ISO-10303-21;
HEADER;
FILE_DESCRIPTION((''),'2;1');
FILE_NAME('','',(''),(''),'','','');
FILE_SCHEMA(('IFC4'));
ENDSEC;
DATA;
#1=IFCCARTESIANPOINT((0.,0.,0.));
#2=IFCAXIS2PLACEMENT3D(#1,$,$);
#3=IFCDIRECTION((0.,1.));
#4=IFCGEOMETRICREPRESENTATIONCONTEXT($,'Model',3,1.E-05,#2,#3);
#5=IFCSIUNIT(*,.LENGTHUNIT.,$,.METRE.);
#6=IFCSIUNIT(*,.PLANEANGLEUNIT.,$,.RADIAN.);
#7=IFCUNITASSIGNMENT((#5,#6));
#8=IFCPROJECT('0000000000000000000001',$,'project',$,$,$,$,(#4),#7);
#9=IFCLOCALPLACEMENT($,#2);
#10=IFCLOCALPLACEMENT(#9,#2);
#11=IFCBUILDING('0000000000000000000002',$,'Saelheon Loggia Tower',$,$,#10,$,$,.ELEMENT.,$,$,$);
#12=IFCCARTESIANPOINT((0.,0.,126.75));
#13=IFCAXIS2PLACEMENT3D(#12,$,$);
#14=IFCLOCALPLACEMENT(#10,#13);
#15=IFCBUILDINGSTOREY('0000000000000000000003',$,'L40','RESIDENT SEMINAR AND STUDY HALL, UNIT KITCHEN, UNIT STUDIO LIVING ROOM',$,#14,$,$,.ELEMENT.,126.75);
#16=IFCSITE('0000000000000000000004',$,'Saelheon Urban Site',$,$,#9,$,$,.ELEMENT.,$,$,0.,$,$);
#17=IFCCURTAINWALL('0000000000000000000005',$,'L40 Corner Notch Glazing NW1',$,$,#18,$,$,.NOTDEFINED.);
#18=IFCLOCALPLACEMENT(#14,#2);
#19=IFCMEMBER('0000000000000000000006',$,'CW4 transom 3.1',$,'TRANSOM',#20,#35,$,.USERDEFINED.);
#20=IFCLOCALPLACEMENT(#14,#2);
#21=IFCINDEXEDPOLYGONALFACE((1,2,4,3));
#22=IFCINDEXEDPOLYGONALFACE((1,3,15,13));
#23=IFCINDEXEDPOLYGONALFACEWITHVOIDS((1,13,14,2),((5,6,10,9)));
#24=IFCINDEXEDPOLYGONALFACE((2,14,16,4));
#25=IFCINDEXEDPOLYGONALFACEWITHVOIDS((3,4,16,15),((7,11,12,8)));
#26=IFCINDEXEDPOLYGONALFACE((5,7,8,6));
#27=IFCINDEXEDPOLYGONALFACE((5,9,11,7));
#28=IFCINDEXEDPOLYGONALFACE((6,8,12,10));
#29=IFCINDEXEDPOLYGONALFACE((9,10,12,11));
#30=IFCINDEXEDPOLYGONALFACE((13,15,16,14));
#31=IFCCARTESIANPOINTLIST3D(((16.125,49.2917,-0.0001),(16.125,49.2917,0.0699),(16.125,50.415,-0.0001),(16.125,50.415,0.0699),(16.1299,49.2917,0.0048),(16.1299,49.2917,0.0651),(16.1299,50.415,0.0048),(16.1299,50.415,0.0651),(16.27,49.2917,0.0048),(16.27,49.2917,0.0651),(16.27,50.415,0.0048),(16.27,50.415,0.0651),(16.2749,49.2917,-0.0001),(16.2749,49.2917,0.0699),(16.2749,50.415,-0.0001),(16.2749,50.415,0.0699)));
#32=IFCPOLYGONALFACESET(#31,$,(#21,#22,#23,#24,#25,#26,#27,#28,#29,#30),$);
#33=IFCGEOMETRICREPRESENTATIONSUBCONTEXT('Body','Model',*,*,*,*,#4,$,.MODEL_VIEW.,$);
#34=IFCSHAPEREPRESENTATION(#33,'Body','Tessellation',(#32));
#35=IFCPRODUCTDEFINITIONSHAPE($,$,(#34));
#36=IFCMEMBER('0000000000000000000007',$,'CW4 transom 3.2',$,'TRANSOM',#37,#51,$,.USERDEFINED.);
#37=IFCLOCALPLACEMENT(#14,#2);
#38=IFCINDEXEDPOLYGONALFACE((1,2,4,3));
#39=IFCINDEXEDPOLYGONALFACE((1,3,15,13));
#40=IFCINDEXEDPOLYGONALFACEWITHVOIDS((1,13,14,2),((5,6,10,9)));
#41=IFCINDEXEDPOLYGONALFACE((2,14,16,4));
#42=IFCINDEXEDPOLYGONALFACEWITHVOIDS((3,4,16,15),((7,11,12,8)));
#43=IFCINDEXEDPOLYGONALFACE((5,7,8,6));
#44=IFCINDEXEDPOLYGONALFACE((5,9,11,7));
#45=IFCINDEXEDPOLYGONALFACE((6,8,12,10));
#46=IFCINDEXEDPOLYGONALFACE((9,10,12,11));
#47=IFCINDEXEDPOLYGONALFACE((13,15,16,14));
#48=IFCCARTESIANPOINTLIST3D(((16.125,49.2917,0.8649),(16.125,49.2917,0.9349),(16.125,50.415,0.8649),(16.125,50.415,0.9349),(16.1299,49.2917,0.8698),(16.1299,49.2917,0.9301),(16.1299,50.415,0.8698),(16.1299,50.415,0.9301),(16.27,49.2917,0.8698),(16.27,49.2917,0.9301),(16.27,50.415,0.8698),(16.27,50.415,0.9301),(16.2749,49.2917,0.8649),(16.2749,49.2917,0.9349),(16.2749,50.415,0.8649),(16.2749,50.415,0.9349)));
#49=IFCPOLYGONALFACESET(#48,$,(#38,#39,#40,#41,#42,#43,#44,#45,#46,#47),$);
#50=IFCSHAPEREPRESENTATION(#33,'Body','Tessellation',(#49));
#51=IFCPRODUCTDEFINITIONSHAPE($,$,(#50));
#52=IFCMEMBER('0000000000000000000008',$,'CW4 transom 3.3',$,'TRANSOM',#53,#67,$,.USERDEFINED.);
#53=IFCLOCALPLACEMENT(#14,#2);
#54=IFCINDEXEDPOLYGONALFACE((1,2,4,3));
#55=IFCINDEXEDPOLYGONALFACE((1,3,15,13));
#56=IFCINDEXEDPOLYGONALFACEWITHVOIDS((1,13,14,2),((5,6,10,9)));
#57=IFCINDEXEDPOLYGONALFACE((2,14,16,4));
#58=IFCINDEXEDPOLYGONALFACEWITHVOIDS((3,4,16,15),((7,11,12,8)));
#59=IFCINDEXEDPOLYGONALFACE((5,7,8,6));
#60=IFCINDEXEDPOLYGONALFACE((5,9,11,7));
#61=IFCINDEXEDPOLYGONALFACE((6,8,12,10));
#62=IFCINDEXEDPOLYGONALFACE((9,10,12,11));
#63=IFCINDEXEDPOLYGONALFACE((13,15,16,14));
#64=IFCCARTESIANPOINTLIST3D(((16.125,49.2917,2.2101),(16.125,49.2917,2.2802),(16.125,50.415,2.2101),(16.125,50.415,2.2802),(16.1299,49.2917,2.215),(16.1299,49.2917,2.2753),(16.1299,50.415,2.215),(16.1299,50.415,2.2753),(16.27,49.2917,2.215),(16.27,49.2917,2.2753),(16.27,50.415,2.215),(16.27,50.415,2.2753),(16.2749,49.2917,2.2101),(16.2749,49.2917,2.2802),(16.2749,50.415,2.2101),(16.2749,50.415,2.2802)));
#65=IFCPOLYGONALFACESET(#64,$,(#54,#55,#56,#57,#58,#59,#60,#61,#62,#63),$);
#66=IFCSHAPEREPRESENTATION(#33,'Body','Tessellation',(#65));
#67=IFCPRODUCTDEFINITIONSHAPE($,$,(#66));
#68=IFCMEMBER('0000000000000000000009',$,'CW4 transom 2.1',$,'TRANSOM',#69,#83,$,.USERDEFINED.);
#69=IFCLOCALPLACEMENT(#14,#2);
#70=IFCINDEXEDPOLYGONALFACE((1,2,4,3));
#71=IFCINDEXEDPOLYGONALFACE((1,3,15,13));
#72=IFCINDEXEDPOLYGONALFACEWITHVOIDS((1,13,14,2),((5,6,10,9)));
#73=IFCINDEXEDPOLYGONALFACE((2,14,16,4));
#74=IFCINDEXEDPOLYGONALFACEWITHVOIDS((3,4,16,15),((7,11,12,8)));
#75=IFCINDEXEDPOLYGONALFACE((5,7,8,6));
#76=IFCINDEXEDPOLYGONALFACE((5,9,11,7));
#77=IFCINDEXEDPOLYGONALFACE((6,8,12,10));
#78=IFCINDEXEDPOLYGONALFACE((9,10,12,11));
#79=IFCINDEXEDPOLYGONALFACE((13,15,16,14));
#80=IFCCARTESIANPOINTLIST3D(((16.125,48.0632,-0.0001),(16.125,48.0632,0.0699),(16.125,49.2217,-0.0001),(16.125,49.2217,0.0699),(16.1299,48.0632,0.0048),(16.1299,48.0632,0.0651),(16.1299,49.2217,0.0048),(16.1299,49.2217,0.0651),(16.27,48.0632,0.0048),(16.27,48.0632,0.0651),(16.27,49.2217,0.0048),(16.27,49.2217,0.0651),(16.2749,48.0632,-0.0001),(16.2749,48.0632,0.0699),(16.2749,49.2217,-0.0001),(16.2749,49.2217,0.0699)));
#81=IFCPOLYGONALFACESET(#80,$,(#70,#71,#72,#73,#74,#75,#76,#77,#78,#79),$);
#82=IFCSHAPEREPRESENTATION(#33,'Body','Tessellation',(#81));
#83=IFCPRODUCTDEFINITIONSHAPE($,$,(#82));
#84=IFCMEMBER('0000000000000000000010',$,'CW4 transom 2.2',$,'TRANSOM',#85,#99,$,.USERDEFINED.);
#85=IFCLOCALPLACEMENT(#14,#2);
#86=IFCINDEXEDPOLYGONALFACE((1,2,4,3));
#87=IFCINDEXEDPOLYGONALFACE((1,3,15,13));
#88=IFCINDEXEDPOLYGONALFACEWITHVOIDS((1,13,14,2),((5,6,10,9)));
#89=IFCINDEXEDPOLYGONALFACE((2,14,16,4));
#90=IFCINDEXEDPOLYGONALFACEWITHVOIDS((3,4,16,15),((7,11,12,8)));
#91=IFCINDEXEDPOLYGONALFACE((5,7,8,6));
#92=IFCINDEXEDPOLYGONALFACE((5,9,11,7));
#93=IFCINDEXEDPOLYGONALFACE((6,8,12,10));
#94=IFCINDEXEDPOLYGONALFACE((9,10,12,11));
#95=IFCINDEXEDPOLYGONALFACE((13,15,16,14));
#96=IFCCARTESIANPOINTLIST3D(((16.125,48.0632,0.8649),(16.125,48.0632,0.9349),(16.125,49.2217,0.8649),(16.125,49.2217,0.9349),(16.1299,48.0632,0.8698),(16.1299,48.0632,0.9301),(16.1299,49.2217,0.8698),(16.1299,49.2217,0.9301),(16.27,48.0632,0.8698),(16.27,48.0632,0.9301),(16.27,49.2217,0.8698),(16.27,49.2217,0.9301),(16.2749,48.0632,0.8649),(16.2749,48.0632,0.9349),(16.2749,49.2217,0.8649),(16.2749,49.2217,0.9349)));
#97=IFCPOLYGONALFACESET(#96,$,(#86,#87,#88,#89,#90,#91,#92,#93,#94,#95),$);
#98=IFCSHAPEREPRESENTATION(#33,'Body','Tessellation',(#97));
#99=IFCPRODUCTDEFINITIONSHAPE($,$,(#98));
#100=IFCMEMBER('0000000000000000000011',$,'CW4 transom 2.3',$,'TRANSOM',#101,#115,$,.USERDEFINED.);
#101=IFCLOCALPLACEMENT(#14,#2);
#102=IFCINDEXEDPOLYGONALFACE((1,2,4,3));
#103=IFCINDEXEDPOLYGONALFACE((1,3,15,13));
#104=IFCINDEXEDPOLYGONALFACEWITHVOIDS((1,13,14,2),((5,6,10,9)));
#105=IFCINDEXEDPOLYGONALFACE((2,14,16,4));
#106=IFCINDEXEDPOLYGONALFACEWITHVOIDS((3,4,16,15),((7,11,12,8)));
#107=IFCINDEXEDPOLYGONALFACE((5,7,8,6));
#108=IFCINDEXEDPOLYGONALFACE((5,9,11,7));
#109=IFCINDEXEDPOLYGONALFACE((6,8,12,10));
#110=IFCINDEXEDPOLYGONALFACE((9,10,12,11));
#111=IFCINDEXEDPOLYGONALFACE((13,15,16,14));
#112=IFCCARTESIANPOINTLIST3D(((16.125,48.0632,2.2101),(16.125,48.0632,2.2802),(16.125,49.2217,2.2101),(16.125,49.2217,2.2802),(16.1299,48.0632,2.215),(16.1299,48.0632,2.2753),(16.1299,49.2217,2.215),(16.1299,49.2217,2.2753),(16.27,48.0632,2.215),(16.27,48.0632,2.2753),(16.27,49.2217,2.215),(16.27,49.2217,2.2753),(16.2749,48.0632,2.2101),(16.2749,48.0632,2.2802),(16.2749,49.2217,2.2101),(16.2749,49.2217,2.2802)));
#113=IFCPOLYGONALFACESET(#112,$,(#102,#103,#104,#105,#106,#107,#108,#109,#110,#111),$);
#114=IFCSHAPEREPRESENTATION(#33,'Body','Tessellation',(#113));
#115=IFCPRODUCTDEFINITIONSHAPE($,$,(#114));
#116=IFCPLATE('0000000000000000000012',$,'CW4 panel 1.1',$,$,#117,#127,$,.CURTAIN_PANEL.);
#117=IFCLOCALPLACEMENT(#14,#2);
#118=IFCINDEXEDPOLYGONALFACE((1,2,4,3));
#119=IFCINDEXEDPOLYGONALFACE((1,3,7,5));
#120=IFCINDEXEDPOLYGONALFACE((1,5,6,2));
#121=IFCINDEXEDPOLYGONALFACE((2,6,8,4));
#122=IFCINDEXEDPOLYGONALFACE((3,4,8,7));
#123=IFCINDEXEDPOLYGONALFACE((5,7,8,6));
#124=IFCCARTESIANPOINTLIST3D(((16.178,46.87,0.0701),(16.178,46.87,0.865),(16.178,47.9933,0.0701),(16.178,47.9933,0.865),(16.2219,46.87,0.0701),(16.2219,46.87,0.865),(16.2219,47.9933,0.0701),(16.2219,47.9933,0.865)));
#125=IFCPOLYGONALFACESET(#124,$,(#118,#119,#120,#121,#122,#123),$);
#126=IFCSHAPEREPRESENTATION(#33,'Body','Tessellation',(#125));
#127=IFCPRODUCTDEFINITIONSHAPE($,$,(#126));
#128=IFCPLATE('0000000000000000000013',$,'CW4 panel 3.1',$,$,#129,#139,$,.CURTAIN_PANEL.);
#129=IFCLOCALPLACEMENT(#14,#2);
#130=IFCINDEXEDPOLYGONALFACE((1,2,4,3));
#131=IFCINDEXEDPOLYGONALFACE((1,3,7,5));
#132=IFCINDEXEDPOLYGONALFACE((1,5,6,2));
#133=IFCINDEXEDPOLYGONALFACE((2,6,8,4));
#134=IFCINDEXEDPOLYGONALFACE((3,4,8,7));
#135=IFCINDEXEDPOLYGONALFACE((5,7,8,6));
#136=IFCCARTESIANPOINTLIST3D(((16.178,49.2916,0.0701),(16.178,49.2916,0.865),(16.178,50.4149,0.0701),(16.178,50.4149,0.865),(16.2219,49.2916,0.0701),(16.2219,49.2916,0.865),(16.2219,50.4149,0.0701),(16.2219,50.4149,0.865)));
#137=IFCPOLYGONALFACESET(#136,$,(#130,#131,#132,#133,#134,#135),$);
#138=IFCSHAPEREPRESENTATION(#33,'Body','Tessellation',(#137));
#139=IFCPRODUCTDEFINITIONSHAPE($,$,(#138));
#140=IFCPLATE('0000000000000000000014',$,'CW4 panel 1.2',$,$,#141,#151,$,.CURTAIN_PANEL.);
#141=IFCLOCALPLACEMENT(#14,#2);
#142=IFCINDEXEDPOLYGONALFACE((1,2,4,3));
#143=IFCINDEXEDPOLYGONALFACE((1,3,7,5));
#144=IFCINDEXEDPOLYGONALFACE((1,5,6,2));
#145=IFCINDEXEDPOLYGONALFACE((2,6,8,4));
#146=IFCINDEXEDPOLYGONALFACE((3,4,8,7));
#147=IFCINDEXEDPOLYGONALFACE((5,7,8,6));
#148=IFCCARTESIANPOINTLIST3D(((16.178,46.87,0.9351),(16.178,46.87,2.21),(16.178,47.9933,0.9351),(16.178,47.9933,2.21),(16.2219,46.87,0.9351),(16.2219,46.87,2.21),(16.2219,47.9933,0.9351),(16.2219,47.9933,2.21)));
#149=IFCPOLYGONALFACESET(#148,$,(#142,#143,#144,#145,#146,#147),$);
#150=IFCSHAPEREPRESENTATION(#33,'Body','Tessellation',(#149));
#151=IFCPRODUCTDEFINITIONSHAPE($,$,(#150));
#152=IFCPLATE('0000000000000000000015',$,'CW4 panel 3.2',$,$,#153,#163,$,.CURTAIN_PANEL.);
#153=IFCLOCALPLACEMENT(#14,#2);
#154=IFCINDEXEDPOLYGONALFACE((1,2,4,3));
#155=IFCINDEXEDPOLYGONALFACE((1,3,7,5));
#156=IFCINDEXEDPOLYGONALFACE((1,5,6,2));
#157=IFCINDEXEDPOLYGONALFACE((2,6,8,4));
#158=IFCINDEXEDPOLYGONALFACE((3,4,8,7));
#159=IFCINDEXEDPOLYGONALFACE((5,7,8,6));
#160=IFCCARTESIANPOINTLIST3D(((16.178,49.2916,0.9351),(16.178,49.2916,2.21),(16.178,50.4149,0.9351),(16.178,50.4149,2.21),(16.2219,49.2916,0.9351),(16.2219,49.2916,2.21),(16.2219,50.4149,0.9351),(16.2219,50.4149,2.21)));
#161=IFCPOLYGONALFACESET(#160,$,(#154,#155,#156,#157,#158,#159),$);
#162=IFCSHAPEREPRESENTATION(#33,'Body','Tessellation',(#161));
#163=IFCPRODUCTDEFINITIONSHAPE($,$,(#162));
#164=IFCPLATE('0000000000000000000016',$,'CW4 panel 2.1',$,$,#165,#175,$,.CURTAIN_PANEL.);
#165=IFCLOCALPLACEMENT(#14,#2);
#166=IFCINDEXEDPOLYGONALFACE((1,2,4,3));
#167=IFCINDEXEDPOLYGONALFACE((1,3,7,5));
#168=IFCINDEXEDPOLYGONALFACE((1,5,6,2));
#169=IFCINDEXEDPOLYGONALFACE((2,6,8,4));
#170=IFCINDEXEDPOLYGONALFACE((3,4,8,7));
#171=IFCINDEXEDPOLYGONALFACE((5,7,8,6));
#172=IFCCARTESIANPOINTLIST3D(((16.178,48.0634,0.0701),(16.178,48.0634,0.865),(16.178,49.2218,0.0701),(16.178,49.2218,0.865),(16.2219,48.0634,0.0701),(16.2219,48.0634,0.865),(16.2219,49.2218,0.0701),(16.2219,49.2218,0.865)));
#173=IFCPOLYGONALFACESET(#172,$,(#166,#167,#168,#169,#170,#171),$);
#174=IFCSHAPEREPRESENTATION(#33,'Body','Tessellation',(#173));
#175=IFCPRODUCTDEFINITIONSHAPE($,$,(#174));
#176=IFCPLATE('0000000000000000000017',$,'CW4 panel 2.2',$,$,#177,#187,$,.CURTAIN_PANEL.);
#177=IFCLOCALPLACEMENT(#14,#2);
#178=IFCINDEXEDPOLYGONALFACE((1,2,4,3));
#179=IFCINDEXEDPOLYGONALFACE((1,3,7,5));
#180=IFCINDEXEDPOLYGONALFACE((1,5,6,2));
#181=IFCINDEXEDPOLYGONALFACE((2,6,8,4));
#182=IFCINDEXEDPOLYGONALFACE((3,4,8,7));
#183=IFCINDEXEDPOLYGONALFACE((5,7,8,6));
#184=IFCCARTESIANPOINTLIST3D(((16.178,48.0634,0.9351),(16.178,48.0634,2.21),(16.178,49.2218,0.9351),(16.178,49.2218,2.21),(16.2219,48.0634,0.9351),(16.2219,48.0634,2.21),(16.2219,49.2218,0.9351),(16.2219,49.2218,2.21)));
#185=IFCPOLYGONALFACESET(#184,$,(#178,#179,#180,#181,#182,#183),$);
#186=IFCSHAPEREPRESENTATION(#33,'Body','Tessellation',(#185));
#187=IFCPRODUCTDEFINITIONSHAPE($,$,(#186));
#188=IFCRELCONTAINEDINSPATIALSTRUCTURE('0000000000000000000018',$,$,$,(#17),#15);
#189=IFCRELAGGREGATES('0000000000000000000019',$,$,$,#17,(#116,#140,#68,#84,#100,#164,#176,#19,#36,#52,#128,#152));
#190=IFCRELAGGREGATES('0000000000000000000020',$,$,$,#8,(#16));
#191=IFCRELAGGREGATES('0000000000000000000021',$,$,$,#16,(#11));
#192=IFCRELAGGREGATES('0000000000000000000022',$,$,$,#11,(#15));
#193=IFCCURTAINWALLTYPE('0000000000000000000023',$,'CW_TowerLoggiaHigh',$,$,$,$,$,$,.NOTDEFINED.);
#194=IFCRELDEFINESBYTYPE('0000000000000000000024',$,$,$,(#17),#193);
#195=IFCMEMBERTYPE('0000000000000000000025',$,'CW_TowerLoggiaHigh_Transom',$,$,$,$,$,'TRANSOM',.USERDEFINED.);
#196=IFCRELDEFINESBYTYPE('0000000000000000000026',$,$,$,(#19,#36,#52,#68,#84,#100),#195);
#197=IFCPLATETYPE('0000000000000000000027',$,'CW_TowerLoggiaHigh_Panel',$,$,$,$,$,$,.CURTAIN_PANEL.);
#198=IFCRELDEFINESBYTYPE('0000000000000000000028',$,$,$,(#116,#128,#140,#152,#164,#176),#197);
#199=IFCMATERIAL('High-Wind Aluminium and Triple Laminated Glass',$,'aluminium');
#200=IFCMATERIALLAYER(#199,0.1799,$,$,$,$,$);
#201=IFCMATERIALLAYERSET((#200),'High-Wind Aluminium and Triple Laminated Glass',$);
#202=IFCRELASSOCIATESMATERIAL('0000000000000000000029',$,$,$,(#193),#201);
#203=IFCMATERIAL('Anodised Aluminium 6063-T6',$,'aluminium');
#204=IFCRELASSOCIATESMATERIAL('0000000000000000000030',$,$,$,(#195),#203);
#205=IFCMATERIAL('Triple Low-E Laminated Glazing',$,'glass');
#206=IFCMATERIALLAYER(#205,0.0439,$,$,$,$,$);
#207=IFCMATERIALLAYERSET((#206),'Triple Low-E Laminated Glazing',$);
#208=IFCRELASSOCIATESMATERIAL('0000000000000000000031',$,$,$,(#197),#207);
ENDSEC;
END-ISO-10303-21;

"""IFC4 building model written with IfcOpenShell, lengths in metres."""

from ifc_helpers import new_model, si_unit, direction, frame, origin, origin_2d, place, context, subcontext, project, spatial, rectangle, hollow_rectangle, extrude, source, transform, mapped, material, layer, layer_set, material_profile, profile_set, type_object, element, aggregate, save


model = new_model("IFC4")

# Units and contexts
model_context = context("Model", 3, precision=1e-05, world=origin(), true_north=direction((0.0, 1.0)))
body_context = subcontext(model_context, "Body", "Model", "MODEL_VIEW")
ifc_project = project(units=[si_unit("LENGTHUNIT", "METRE"), si_unit("PLANEANGLEUNIT", "RADIAN")], contexts=[model_context])

# Site, building, storey
site_placement = place(None, origin())
site = spatial("IfcSite", under=ifc_project, at=site_placement, Name="Saelheon Urban Site", CompositionType="ELEMENT", RefElevation=0.0)
building_placement = place(site_placement, origin())
building = spatial("IfcBuilding", under=site, at=building_placement, Name="Saelheon Loggia Tower", CompositionType="ELEMENT")
storey_placement = place(building_placement, frame((0.0, 0.0, 126.75)))
storey = spatial("IfcBuildingStorey", under=building, at=storey_placement, Name="L40", Description="RESIDENT SEMINAR AND STUDY HALL, UNIT KITCHEN, UNIT STUDIO LIVING ROOM", CompositionType="ELEMENT", Elevation=126.75)

# Curtain wall, members, plates
ifc_material_1 = material(Name="High-Wind Aluminium and Triple Laminated Glass", Category="aluminium")
ifc_layer_1 = layer(ifc_material_1, 0.1799)
ifc_layer_set_1 = layer_set([ifc_layer_1], Name="High-Wind Aluminium and Triple Laminated Glass")
curtain_wall_type = type_object("IfcCurtainWallType", Name="CW_TowerLoggiaHigh", PredefinedType="NOTDEFINED", material=ifc_layer_set_1)
curtain_wall_placement = place(storey_placement, origin())
curtain_wall = element("IfcCurtainWall", 1, at=curtain_wall_placement, inside=storey, type_object=curtain_wall_type, Name="L40 Corner Notch Glazing NW1", PredefinedType="NOTDEFINED")
ifc_material_2 = material(Name="Anodised Aluminium 6063-T6", Category="aluminium")
ifc_material_profile_1 = material_profile(ifc_material_2, hollow_rectangle(XDim=0.0701, YDim=0.1499, WallThickness=0.0049, at=origin_2d()), Name="RHS-150x70x5")
ifc_profile_set_1 = profile_set([ifc_material_profile_1], Name="Anodised Aluminium 6063-T6")
member_type_1 = type_object("IfcMemberType", Name="CW_TowerLoggiaHigh_Transom", ElementType="TRANSOM", PredefinedType="USERDEFINED", material=ifc_profile_set_1)
shared_shape_1 = source(origin(), body_context, "Body", "SweptSolid", [
    extrude(hollow_rectangle(XDim=0.0701, YDim=0.1499, WallThickness=0.0049, at=origin_2d()), origin(), (0.0, 0.0, 1.0), 1.1233),
])
member_1_placement = place(storey_placement, frame((16.2, 49.2917, 0.0349), z_axis=(0.0, 1.0, 0.0), x_axis=(0.0, 0.0, 1.0)))
member_1 = element("IfcMember", 2, at=member_1_placement, type_object=member_type_1, Name="CW4 transom 3.1", ObjectType="TRANSOM", PredefinedType="USERDEFINED", context=body_context, shape_type="MappedRepresentation", body=[
    mapped(shared_shape_1, transform((0.0, 0.0, 0.0), scale=1.0)),
])
member_2_placement = place(storey_placement, frame((16.2, 49.2917, 0.8999), z_axis=(0.0, 1.0, 0.0), x_axis=(0.0, 0.0, 1.0)))
member_2 = element("IfcMember", 3, at=member_2_placement, type_object=member_type_1, Name="CW4 transom 3.2", ObjectType="TRANSOM", PredefinedType="USERDEFINED", context=body_context, shape_type="MappedRepresentation", body=[
    mapped(shared_shape_1, transform((0.0, 0.0, 0.0), scale=1.0)),
])
member_3_placement = place(storey_placement, frame((16.2, 49.2917, 2.2451), z_axis=(0.0, 1.0, 0.0), x_axis=(0.0, 0.0, 1.0)))
member_3 = element("IfcMember", 4, at=member_3_placement, type_object=member_type_1, Name="CW4 transom 3.3", ObjectType="TRANSOM", PredefinedType="USERDEFINED", context=body_context, shape_type="MappedRepresentation", body=[
    mapped(shared_shape_1, transform((0.0, 0.0, 0.0), scale=1.0)),
])
shared_shape_2 = source(origin(), body_context, "Body", "SweptSolid", [
    extrude(hollow_rectangle(XDim=0.0701, YDim=0.1499, WallThickness=0.0049, at=origin_2d()), origin(), (0.0, 0.0, 1.0), 1.1584),
])
member_4_placement = place(storey_placement, frame((16.2, 48.0632, 0.0349), z_axis=(0.0, 1.0, 0.0), x_axis=(0.0, 0.0, 1.0)))
member_4 = element("IfcMember", 5, at=member_4_placement, type_object=member_type_1, Name="CW4 transom 2.1", ObjectType="TRANSOM", PredefinedType="USERDEFINED", context=body_context, shape_type="MappedRepresentation", body=[
    mapped(shared_shape_2, transform((0.0, 0.0, 0.0), scale=1.0)),
])
member_5_placement = place(storey_placement, frame((16.2, 48.0632, 0.8999), z_axis=(0.0, 1.0, 0.0), x_axis=(0.0, 0.0, 1.0)))
member_5 = element("IfcMember", 6, at=member_5_placement, type_object=member_type_1, Name="CW4 transom 2.2", ObjectType="TRANSOM", PredefinedType="USERDEFINED", context=body_context, shape_type="MappedRepresentation", body=[
    mapped(shared_shape_2, transform((0.0, 0.0, 0.0), scale=1.0)),
])
member_6_placement = place(storey_placement, frame((16.2, 48.0632, 2.2451), z_axis=(0.0, 1.0, 0.0), x_axis=(0.0, 0.0, 1.0)))
member_6 = element("IfcMember", 7, at=member_6_placement, type_object=member_type_1, Name="CW4 transom 2.3", ObjectType="TRANSOM", PredefinedType="USERDEFINED", context=body_context, shape_type="MappedRepresentation", body=[
    mapped(shared_shape_2, transform((0.0, 0.0, 0.0), scale=1.0)),
])
ifc_material_3 = material(Name="Triple Low-E Laminated Glazing", Category="glass")
ifc_layer_2 = layer(ifc_material_3, 0.0439)
ifc_layer_set_2 = layer_set([ifc_layer_2], Name="Triple Low-E Laminated Glazing")
plate_type = type_object("IfcPlateType", Name="CW_TowerLoggiaHigh_Panel", PredefinedType="CURTAIN_PANEL", material=ifc_layer_set_2)
shared_shape_3 = source(origin(), body_context, "Body", "SweptSolid", [
    extrude(rectangle(XDim=1.1233, YDim=0.0439, at=origin_2d()), origin(), (0.0, 0.0, 1.0), 0.7949),
])
plate_1_placement = place(storey_placement, frame((16.2, 47.4316, 0.0701), z_axis=(0.0, 0.0, 1.0), x_axis=(0.0, 1.0, 0.0)))
plate_1 = element("IfcPlate", 8, at=plate_1_placement, type_object=plate_type, Name="CW4 panel 1.1", PredefinedType="CURTAIN_PANEL", context=body_context, shape_type="MappedRepresentation", body=[
    mapped(shared_shape_3, transform((0.0, 0.0, 0.0), scale=1.0)),
])
plate_2_placement = place(storey_placement, frame((16.2, 49.8533, 0.0701), z_axis=(0.0, 0.0, 1.0), x_axis=(0.0, 1.0, 0.0)))
plate_2 = element("IfcPlate", 9, at=plate_2_placement, type_object=plate_type, Name="CW4 panel 3.1", PredefinedType="CURTAIN_PANEL", context=body_context, shape_type="MappedRepresentation", body=[
    mapped(shared_shape_3, transform((0.0, 0.0, 0.0), scale=1.0)),
])
shared_shape_4 = source(origin(), body_context, "Body", "SweptSolid", [
    extrude(rectangle(XDim=1.1233, YDim=0.0439, at=origin_2d()), origin(), (0.0, 0.0, 1.0), 1.2749),
])
plate_3_placement = place(storey_placement, frame((16.2, 47.4316, 0.9351), z_axis=(0.0, 0.0, 1.0), x_axis=(0.0, 1.0, 0.0)))
plate_3 = element("IfcPlate", 10, at=plate_3_placement, type_object=plate_type, Name="CW4 panel 1.2", PredefinedType="CURTAIN_PANEL", context=body_context, shape_type="MappedRepresentation", body=[
    mapped(shared_shape_4, transform((0.0, 0.0, 0.0), scale=1.0)),
])
plate_4_placement = place(storey_placement, frame((16.2, 49.8533, 0.9351), z_axis=(0.0, 0.0, 1.0), x_axis=(0.0, 1.0, 0.0)))
plate_4 = element("IfcPlate", 11, at=plate_4_placement, type_object=plate_type, Name="CW4 panel 3.2", PredefinedType="CURTAIN_PANEL", context=body_context, shape_type="MappedRepresentation", body=[
    mapped(shared_shape_4, transform((0.0, 0.0, 0.0), scale=1.0)),
])
shared_shape_5 = source(origin(), body_context, "Body", "SweptSolid", [
    extrude(rectangle(XDim=1.1584, YDim=0.0439, at=origin_2d()), origin(), (0.0, 0.0, 1.0), 0.7949),
])
plate_5_placement = place(storey_placement, frame((16.2, 48.6426, 0.0701), z_axis=(0.0, 0.0, 1.0), x_axis=(0.0, 1.0, 0.0)))
plate_5 = element("IfcPlate", 12, at=plate_5_placement, type_object=plate_type, Name="CW4 panel 2.1", PredefinedType="CURTAIN_PANEL", context=body_context, shape_type="MappedRepresentation", body=[
    mapped(shared_shape_5, transform((0.0, 0.0, 0.0), scale=1.0)),
])
shared_shape_6 = source(origin(), body_context, "Body", "SweptSolid", [
    extrude(rectangle(XDim=1.1584, YDim=0.0439, at=origin_2d()), origin(), (0.0, 0.0, 1.0), 1.2749),
])
plate_6_placement = place(storey_placement, frame((16.2, 48.6426, 0.9351), z_axis=(0.0, 0.0, 1.0), x_axis=(0.0, 1.0, 0.0)))
plate_6 = element("IfcPlate", 13, at=plate_6_placement, type_object=plate_type, Name="CW4 panel 2.2", PredefinedType="CURTAIN_PANEL", context=body_context, shape_type="MappedRepresentation", body=[
    mapped(shared_shape_6, transform((0.0, 0.0, 0.0), scale=1.0)),
])
aggregate(curtain_wall, [plate_1, plate_3, member_4, member_5, member_6, plate_5, plate_6, member_1, member_2, member_3, plate_2, plate_4])

save(model, "model.ifc")
